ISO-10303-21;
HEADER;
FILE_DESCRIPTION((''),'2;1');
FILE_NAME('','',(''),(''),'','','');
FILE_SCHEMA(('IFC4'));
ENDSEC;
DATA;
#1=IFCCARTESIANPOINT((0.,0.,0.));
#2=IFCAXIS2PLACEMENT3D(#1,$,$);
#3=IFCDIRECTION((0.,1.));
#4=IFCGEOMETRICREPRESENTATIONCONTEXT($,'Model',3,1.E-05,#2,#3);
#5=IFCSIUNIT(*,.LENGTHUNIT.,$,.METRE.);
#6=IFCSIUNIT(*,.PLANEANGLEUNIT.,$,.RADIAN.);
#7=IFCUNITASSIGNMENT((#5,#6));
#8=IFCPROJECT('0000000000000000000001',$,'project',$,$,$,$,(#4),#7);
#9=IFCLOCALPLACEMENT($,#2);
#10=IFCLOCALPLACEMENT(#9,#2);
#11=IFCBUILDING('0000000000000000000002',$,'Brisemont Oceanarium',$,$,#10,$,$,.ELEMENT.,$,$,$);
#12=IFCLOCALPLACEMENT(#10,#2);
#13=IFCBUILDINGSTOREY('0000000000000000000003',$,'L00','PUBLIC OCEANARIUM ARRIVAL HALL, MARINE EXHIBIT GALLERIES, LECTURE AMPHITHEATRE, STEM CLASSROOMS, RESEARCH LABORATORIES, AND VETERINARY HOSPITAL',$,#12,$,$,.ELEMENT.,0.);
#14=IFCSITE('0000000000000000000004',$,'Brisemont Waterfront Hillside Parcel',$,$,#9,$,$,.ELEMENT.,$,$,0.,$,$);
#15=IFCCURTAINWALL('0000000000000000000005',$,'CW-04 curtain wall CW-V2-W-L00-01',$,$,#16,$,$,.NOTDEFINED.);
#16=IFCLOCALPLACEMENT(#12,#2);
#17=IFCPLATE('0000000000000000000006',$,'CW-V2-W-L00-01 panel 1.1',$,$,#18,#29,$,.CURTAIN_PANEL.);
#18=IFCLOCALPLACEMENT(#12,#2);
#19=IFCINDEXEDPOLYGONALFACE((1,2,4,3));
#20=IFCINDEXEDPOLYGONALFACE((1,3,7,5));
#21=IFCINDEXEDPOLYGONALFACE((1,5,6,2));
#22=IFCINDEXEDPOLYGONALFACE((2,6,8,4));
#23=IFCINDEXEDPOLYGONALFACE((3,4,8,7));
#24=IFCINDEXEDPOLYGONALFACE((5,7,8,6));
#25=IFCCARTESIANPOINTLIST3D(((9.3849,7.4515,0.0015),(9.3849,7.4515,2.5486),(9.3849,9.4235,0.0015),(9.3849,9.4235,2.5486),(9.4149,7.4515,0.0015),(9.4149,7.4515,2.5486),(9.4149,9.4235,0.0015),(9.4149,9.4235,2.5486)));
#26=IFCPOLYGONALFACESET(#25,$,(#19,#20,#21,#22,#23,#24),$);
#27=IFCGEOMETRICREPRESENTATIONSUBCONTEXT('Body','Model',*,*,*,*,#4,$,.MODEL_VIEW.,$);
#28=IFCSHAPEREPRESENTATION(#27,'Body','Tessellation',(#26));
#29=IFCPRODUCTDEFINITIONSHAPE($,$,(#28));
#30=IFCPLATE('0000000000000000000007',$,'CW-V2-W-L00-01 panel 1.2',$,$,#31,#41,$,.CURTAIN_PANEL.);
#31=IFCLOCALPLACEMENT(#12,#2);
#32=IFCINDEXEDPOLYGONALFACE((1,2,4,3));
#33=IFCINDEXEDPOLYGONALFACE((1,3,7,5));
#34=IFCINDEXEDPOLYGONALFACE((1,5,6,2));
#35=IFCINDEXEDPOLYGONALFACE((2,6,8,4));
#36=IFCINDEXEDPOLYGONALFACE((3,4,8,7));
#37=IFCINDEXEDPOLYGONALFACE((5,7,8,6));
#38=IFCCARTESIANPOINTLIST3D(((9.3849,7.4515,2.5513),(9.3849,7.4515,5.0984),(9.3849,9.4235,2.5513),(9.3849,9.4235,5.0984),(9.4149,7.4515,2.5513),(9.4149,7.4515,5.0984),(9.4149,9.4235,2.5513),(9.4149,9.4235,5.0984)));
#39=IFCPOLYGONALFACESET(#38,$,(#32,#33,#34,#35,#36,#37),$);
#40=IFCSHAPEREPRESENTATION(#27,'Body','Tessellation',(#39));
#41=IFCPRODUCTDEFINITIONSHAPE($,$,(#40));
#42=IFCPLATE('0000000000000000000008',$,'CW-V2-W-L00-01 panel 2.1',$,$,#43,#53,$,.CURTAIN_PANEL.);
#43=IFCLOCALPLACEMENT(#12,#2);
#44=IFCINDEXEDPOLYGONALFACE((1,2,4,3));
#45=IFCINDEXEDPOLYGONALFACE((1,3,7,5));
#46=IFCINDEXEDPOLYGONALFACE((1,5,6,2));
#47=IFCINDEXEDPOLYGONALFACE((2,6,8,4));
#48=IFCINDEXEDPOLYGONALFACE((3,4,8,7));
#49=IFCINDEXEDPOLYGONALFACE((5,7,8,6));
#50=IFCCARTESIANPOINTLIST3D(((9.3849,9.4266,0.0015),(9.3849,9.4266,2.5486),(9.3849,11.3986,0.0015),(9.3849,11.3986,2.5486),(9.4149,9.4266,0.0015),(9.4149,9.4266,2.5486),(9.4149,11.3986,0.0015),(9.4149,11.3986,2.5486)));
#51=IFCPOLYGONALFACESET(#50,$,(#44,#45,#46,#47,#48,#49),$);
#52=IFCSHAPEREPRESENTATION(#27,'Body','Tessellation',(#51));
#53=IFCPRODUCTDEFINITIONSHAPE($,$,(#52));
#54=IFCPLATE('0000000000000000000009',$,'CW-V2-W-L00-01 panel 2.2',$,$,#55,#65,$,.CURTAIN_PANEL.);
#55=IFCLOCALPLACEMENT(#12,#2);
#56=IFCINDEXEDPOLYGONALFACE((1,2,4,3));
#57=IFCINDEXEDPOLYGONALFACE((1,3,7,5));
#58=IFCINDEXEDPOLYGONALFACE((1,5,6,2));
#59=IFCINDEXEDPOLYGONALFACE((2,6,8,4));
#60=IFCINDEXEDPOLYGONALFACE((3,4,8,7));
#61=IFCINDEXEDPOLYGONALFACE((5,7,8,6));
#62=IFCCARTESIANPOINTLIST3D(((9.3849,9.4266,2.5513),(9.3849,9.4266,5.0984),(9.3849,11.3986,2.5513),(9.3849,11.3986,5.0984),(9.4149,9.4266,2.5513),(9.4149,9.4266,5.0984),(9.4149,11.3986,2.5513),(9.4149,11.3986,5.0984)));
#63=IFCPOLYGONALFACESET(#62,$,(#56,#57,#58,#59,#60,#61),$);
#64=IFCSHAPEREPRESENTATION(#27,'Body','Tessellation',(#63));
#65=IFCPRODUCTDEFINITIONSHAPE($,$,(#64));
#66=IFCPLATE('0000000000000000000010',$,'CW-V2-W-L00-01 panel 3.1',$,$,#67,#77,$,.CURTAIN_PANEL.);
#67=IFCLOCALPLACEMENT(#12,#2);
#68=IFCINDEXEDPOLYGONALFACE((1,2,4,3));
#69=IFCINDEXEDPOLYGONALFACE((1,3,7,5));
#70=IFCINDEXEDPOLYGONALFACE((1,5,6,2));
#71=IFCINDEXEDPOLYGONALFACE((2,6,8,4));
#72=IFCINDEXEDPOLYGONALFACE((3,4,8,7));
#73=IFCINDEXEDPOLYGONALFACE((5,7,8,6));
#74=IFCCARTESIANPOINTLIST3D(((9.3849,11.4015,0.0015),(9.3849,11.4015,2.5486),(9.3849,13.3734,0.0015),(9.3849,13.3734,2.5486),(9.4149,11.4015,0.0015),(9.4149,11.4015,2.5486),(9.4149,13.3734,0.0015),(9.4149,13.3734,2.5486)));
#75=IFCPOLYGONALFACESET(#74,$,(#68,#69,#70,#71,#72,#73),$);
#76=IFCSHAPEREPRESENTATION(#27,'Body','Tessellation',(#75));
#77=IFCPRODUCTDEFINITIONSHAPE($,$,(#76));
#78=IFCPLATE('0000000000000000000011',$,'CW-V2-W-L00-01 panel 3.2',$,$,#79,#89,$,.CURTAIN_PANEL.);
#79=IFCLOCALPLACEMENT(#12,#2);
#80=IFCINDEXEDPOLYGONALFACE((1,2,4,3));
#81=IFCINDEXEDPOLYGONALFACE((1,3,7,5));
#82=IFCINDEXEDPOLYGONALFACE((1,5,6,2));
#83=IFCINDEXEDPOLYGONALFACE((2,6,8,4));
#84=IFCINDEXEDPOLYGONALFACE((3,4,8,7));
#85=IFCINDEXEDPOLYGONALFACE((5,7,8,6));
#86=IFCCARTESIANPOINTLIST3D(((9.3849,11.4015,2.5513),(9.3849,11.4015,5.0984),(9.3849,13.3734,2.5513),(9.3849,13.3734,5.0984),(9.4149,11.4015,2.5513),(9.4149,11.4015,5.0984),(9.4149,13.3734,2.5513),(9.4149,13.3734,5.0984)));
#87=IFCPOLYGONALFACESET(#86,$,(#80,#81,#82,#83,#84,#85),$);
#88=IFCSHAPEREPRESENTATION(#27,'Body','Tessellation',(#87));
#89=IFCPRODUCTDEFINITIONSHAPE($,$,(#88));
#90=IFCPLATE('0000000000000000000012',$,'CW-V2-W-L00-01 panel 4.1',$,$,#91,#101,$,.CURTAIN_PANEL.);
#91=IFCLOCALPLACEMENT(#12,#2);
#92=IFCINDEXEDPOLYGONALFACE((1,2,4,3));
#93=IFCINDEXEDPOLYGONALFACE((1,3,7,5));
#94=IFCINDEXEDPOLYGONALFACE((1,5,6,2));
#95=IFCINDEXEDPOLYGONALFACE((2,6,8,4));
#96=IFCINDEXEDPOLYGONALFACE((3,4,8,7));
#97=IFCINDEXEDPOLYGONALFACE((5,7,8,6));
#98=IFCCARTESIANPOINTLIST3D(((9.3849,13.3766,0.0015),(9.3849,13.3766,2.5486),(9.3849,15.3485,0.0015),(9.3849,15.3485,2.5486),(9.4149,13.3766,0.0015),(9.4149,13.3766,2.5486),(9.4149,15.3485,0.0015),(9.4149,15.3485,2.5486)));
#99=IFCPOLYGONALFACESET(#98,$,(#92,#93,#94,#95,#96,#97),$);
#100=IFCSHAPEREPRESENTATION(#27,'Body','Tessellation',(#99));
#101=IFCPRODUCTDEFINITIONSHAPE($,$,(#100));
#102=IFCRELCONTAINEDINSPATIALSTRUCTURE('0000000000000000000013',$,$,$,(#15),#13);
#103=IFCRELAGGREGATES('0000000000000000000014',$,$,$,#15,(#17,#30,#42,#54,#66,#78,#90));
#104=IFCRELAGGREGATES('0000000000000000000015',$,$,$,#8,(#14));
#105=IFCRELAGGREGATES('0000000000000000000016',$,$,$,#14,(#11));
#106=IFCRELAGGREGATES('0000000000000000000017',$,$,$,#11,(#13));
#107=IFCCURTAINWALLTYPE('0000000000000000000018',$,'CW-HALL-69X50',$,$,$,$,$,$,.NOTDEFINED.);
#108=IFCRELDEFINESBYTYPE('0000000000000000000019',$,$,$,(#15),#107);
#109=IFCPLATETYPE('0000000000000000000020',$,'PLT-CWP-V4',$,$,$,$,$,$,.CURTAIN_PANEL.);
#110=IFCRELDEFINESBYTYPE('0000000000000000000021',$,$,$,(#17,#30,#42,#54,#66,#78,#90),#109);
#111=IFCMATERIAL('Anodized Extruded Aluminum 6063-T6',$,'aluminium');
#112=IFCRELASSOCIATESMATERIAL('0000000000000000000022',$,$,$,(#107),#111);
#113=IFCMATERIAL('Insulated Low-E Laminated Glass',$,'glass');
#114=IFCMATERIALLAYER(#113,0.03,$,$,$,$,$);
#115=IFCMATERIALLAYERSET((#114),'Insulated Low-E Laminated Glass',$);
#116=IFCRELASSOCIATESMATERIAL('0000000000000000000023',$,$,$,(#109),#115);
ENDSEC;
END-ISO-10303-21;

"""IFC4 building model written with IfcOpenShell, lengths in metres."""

from ifc_helpers import new_model, si_unit, direction, frame, origin, origin_2d, place, context, subcontext, project, spatial, rectangle, extrude, material, layer, layer_set, type_object, element, aggregate, save


model = new_model("IFC4")

# Units and contexts
model_context = context("Model", 3, precision=1e-05, world=origin(), true_north=direction((0.0, 1.0)))
body_context = subcontext(model_context, "Body", "Model", "MODEL_VIEW")
ifc_project = project(units=[si_unit("LENGTHUNIT", "METRE"), si_unit("PLANEANGLEUNIT", "RADIAN")], contexts=[model_context])

# Site, building, storey
site_placement = place(None, origin())
site = spatial("IfcSite", under=ifc_project, at=site_placement, Name="Brisemont Waterfront Hillside Parcel", CompositionType="ELEMENT", RefElevation=0.0)
building_placement = place(site_placement, origin())
building = spatial("IfcBuilding", under=site, at=building_placement, Name="Brisemont Oceanarium", CompositionType="ELEMENT")
storey_placement = place(building_placement, origin())
storey = spatial("IfcBuildingStorey", under=building, at=storey_placement, Name="L00", Description="PUBLIC OCEANARIUM ARRIVAL HALL, MARINE EXHIBIT GALLERIES, LECTURE AMPHITHEATRE, STEM CLASSROOMS, RESEARCH LABORATORIES, AND VETERINARY HOSPITAL", CompositionType="ELEMENT", Elevation=0.0)

# Curtain wall
ifc_material_1 = material(Name="Anodized Extruded Aluminum 6063-T6", Category="aluminium")
curtain_wall_type = type_object("IfcCurtainWallType", Name="CW-HALL-69X50", PredefinedType="NOTDEFINED", material=ifc_material_1)
curtain_wall_1_placement = place(storey_placement, origin())
curtain_wall_1 = element("IfcCurtainWall", 1, at=curtain_wall_1_placement, inside=storey, type_object=curtain_wall_type, Name="CW-04 curtain wall CW-V2-W-L00-01", PredefinedType="NOTDEFINED")

# Plates
ifc_material_2 = material(Name="Insulated Low-E Laminated Glass", Category="glass")
ifc_layer = layer(ifc_material_2, 0.03)
ifc_layer_set = layer_set([ifc_layer], Name="Insulated Low-E Laminated Glass")
plate_type = type_object("IfcPlateType", Name="PLT-CWP-V4", PredefinedType="CURTAIN_PANEL", material=ifc_layer_set)
plate_1_placement = place(storey_placement, frame((9.3999, 8.4375, 0.0015), z_axis=(0.0, 0.0, 1.0), x_axis=(0.0, 1.0, 0.0)))
plate_1 = element("IfcPlate", 2, at=plate_1_placement, type_object=plate_type, Name="CW-V2-W-L00-01 panel 1.1", PredefinedType="CURTAIN_PANEL", context=body_context, shape_type="SweptSolid", body=[
    extrude(rectangle(XDim=1.9719, YDim=0.03, at=origin_2d()), origin(), (0.0, 0.0, 1.0), 2.5471),
])
plate_2_placement = place(storey_placement, frame((9.3999, 8.4375, 2.5513), z_axis=(0.0, 0.0, 1.0), x_axis=(0.0, 1.0, 0.0)))
plate_2 = element("IfcPlate", 3, at=plate_2_placement, type_object=plate_type, Name="CW-V2-W-L00-01 panel 1.2", PredefinedType="CURTAIN_PANEL", context=body_context, shape_type="SweptSolid", body=[
    extrude(rectangle(XDim=1.9719, YDim=0.03, at=origin_2d()), origin(), (0.0, 0.0, 1.0), 2.5471),
])
plate_3_placement = place(storey_placement, frame((9.3999, 10.4126, 0.0015), z_axis=(0.0, 0.0, 1.0), x_axis=(0.0, 1.0, 0.0)))
plate_3 = element("IfcPlate", 4, at=plate_3_placement, type_object=plate_type, Name="CW-V2-W-L00-01 panel 2.1", PredefinedType="CURTAIN_PANEL", context=body_context, shape_type="SweptSolid", body=[
    extrude(rectangle(XDim=1.9719, YDim=0.03, at=origin_2d()), origin(), (0.0, 0.0, 1.0), 2.5471),
])
plate_4_placement = place(storey_placement, frame((9.3999, 10.4126, 2.5513), z_axis=(0.0, 0.0, 1.0), x_axis=(0.0, 1.0, 0.0)))
plate_4 = element("IfcPlate", 5, at=plate_4_placement, type_object=plate_type, Name="CW-V2-W-L00-01 panel 2.2", PredefinedType="CURTAIN_PANEL", context=body_context, shape_type="SweptSolid", body=[
    extrude(rectangle(XDim=1.9719, YDim=0.03, at=origin_2d()), origin(), (0.0, 0.0, 1.0), 2.5471),
])
plate_5_placement = place(storey_placement, frame((9.3999, 12.3875, 0.0015), z_axis=(0.0, 0.0, 1.0), x_axis=(0.0, 1.0, 0.0)))
plate_5 = element("IfcPlate", 6, at=plate_5_placement, type_object=plate_type, Name="CW-V2-W-L00-01 panel 3.1", PredefinedType="CURTAIN_PANEL", context=body_context, shape_type="SweptSolid", body=[
    extrude(rectangle(XDim=1.9719, YDim=0.03, at=origin_2d()), origin(), (0.0, 0.0, 1.0), 2.5471),
])
plate_6_placement = place(storey_placement, frame((9.3999, 12.3875, 2.5513), z_axis=(0.0, 0.0, 1.0), x_axis=(0.0, 1.0, 0.0)))
plate_6 = element("IfcPlate", 7, at=plate_6_placement, type_object=plate_type, Name="CW-V2-W-L00-01 panel 3.2", PredefinedType="CURTAIN_PANEL", context=body_context, shape_type="SweptSolid", body=[
    extrude(rectangle(XDim=1.9719, YDim=0.03, at=origin_2d()), origin(), (0.0, 0.0, 1.0), 2.5471),
])
plate_7_placement = place(storey_placement, frame((9.3999, 14.3625, 0.0015), z_axis=(0.0, 0.0, 1.0), x_axis=(0.0, 1.0, 0.0)))
plate_7 = element("IfcPlate", 8, at=plate_7_placement, type_object=plate_type, Name="CW-V2-W-L00-01 panel 4.1", PredefinedType="CURTAIN_PANEL", context=body_context, shape_type="SweptSolid", body=[
    extrude(rectangle(XDim=1.9719, YDim=0.03, at=origin_2d()), origin(), (0.0, 0.0, 1.0), 2.5471),
])
aggregate(curtain_wall_1, [plate_1, plate_2, plate_3, plate_4, plate_5, plate_6, plate_7])

save(model, "model.ifc")
